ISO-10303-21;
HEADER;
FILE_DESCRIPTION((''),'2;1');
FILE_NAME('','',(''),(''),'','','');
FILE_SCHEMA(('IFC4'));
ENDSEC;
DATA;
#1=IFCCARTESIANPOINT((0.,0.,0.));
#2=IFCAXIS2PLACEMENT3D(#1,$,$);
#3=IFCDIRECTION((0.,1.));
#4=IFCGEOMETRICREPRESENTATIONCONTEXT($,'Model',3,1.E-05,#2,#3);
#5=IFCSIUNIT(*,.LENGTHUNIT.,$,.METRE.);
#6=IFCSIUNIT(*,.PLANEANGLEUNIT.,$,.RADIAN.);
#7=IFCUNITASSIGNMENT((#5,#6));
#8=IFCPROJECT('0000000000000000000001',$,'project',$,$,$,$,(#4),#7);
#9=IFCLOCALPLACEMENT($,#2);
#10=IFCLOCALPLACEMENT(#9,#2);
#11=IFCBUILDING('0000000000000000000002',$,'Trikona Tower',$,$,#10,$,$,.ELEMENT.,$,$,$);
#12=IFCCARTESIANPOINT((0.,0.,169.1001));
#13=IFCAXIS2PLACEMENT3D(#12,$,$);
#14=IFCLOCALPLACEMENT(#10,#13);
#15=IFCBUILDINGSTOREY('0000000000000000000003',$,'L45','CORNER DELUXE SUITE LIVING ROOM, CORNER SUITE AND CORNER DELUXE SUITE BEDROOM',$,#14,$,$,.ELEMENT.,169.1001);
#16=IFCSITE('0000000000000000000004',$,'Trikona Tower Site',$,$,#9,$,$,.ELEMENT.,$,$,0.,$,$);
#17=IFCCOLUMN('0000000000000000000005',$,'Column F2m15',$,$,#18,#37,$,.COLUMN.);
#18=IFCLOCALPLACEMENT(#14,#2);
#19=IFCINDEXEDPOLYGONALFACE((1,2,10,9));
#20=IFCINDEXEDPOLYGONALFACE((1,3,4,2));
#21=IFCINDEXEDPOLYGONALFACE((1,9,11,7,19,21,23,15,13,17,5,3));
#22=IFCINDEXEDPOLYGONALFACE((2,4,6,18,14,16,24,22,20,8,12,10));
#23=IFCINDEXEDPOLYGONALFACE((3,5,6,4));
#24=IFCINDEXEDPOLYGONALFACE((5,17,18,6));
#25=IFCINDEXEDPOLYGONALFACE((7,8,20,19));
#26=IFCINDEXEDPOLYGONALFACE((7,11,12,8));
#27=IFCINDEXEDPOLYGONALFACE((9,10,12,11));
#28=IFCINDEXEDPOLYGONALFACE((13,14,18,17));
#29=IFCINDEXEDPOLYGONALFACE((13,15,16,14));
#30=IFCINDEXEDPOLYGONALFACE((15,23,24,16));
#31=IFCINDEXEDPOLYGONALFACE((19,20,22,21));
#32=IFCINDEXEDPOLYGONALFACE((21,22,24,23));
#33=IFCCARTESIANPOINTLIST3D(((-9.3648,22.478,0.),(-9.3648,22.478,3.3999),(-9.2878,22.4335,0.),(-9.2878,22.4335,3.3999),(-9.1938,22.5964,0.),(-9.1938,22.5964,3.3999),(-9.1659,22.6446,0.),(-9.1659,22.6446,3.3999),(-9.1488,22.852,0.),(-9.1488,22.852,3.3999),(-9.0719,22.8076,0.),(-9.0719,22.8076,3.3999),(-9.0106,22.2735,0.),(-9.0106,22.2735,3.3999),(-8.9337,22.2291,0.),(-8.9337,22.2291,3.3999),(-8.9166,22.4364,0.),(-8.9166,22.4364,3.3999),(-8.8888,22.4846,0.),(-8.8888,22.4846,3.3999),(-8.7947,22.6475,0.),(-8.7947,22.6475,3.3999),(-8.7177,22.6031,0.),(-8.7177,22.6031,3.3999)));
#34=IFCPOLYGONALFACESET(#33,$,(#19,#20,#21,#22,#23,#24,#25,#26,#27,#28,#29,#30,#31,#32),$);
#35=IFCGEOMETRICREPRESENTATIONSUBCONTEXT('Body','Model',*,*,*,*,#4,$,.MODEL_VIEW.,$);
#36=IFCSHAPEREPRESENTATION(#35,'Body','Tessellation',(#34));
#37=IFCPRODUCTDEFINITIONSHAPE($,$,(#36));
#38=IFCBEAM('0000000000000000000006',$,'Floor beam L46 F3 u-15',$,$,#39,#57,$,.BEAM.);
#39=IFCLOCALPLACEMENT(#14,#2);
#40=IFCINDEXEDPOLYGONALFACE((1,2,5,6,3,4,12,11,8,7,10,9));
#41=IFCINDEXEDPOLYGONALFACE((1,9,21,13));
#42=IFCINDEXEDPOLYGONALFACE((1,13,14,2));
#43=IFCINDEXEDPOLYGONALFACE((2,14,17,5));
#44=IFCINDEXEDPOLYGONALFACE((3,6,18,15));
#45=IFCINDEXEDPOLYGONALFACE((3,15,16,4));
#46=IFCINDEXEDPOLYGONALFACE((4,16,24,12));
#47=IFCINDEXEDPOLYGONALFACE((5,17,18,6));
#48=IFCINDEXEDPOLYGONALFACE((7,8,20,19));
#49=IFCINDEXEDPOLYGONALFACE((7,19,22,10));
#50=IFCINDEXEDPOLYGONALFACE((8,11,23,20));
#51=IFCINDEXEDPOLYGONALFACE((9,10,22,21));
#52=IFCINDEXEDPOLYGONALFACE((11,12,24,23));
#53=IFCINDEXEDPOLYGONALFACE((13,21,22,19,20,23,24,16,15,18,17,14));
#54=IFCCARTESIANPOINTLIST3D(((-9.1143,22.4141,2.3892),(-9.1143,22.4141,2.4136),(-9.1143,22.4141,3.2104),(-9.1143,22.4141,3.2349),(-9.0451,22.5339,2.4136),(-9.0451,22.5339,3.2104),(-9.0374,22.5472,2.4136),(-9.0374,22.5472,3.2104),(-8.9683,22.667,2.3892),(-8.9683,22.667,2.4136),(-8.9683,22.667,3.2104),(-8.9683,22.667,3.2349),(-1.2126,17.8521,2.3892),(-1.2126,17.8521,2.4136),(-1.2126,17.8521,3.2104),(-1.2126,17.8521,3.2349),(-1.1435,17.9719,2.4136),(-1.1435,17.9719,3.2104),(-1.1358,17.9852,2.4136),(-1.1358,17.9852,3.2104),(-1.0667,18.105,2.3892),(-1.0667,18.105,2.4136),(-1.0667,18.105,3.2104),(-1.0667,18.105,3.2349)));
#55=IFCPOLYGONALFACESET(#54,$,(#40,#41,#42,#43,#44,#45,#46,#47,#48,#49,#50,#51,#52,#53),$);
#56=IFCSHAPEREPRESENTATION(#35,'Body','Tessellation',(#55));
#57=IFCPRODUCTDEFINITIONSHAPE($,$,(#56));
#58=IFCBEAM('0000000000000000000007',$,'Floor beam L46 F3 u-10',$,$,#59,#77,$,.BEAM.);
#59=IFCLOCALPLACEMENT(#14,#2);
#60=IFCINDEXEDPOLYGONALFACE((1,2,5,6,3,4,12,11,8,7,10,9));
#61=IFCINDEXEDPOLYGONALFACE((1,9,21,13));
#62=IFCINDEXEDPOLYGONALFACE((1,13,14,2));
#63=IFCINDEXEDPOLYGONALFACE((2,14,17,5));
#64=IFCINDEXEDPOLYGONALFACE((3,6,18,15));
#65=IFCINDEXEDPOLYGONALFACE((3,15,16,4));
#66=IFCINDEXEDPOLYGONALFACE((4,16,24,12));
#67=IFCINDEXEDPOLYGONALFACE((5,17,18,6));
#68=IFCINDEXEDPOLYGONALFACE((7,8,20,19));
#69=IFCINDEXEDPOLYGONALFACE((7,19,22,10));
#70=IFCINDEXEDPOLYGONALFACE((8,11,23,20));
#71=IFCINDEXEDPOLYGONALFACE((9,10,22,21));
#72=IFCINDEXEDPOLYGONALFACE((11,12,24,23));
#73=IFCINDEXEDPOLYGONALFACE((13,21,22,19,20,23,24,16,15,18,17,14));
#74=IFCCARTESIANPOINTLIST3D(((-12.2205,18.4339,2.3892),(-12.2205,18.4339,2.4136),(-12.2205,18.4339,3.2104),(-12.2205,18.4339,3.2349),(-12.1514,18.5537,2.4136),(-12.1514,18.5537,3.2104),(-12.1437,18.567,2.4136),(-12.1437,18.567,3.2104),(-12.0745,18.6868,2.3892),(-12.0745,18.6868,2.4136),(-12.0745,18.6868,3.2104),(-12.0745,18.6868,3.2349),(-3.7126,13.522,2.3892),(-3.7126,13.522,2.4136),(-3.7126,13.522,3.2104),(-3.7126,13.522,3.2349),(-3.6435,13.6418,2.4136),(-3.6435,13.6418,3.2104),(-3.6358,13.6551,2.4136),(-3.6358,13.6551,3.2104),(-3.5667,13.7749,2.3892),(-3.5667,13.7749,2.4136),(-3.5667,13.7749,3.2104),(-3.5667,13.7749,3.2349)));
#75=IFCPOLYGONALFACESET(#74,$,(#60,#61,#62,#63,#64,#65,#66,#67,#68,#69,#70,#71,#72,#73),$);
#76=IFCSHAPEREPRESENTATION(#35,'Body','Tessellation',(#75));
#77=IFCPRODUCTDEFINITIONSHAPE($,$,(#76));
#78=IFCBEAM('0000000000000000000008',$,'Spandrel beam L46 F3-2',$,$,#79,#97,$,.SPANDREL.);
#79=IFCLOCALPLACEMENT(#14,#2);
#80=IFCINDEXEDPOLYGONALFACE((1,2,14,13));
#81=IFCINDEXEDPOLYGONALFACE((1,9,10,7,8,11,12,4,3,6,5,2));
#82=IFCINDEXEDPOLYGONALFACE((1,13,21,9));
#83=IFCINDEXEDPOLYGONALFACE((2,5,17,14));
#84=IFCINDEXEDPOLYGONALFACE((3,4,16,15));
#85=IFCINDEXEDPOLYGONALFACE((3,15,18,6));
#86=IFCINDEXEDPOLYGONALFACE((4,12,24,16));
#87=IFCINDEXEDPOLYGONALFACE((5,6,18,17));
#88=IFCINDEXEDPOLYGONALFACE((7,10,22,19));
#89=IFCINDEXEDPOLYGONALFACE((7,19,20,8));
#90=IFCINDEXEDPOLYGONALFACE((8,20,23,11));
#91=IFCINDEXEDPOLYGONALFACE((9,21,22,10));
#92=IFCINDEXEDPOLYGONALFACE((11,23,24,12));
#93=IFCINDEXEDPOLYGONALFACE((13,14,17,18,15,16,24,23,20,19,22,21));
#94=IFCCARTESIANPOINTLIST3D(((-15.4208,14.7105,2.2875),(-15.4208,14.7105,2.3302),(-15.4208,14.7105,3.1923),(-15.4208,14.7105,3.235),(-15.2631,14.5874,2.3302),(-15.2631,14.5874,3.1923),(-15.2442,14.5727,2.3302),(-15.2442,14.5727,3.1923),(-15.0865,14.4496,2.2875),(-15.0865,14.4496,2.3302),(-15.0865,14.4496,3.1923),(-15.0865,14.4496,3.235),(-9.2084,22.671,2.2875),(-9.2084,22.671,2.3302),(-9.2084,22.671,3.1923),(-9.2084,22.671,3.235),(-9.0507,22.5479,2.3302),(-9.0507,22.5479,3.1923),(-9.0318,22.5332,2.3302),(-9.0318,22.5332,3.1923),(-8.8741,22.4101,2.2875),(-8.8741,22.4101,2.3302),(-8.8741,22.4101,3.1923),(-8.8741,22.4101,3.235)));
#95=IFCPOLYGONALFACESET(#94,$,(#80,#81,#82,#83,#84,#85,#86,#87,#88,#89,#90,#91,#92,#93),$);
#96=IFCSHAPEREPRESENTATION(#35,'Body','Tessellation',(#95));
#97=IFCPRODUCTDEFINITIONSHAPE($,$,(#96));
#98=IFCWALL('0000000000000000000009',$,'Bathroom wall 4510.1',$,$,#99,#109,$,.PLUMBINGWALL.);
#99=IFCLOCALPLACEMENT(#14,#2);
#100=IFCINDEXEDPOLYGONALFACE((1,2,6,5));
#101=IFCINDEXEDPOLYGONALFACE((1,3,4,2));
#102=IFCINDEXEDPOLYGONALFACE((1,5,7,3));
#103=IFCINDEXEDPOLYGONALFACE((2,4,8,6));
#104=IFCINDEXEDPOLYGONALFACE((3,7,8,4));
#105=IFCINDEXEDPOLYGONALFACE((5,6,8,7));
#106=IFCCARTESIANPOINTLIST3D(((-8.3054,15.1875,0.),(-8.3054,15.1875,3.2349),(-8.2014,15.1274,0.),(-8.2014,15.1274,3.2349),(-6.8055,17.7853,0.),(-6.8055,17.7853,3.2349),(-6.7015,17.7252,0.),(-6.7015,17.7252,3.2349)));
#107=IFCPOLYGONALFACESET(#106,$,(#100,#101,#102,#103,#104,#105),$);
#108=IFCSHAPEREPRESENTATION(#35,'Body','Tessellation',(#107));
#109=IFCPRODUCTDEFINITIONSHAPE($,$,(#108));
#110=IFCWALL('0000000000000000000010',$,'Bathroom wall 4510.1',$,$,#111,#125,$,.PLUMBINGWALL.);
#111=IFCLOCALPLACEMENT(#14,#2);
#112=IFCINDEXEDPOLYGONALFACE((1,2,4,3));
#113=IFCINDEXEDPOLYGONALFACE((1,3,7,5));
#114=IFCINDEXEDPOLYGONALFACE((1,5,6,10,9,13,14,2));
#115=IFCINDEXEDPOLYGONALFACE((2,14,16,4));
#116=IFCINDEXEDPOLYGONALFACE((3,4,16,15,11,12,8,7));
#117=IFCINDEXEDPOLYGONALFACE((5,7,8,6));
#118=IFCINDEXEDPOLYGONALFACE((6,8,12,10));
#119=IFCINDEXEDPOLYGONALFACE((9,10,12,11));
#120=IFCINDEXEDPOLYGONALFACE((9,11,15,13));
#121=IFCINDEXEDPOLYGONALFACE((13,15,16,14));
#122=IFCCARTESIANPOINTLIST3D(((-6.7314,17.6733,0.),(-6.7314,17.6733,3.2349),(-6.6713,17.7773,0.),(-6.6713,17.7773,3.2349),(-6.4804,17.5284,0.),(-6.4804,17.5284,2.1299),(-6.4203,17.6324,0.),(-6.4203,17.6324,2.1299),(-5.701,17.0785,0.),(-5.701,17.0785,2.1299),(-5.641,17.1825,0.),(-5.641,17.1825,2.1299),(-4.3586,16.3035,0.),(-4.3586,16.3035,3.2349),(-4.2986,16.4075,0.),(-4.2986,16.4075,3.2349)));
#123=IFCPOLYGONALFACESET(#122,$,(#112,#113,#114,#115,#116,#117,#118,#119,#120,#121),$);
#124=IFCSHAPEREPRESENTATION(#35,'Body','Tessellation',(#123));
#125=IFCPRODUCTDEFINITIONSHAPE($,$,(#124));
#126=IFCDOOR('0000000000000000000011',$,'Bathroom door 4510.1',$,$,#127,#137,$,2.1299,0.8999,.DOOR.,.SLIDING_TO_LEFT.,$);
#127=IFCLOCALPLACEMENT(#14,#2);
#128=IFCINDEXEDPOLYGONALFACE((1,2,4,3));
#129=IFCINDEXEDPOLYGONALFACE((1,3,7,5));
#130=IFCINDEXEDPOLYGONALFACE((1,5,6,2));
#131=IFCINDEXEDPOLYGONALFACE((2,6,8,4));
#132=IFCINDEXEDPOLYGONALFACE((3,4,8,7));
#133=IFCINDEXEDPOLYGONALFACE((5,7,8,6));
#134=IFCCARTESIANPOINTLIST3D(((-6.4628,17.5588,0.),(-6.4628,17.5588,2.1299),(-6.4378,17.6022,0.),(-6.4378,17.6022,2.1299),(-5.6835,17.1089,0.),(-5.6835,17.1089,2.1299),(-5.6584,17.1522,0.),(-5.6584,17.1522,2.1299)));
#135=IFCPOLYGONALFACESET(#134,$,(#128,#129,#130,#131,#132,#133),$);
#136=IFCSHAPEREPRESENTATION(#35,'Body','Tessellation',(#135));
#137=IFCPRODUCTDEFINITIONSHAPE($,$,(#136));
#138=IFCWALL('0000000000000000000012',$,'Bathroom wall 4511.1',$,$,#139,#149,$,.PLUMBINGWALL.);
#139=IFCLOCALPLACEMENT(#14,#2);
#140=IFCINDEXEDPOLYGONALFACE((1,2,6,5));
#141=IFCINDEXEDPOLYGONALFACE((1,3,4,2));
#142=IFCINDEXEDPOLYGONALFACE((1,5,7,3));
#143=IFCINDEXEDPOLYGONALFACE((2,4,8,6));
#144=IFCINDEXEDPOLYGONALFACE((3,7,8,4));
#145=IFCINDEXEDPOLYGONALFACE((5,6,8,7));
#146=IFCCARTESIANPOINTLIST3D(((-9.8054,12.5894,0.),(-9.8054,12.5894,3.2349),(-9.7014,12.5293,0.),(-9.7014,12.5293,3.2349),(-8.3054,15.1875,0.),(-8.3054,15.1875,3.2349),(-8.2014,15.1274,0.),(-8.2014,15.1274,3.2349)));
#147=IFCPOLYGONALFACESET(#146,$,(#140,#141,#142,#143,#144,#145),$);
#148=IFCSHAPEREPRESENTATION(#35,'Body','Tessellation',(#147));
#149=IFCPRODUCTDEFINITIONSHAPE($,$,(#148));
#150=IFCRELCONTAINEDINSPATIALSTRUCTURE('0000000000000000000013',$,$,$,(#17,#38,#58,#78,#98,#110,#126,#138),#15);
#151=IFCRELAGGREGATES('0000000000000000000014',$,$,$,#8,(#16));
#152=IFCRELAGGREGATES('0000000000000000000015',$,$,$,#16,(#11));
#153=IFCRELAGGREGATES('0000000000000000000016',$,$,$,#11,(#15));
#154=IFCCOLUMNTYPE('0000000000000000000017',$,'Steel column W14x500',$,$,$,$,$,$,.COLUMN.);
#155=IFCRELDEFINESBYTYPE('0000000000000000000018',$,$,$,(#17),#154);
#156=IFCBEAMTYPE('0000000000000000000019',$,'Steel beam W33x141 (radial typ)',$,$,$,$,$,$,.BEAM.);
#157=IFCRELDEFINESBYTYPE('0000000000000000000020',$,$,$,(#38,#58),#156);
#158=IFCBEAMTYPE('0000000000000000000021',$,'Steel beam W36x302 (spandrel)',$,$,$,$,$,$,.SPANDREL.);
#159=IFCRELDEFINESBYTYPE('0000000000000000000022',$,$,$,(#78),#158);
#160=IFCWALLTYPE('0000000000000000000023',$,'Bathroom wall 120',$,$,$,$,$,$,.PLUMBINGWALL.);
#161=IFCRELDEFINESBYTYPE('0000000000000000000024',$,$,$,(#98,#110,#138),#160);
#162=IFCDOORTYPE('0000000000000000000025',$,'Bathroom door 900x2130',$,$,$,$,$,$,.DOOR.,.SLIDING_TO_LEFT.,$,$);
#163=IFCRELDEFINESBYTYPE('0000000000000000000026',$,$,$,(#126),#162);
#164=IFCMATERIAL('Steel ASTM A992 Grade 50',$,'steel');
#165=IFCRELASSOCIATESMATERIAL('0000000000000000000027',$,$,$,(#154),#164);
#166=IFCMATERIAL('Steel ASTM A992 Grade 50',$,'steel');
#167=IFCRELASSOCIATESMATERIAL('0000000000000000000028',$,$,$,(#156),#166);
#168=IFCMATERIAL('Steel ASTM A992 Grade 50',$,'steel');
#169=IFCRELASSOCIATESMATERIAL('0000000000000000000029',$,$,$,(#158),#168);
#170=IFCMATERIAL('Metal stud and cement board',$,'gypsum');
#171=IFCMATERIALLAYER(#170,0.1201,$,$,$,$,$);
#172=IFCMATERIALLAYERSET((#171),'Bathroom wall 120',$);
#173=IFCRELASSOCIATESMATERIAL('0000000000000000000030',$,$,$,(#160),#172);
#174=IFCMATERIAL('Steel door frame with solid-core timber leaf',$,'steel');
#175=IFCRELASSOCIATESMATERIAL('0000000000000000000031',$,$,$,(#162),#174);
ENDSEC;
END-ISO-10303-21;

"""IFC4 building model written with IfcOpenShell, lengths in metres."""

from ifc_helpers import new_model, si_unit, direction, frame, frame_2d, origin, origin_2d, place, context, subcontext, project, spatial, rectangle, i_section, extrude, material, layer, layer_set, material_profile, profile_set, type_object, element, fill, save


model = new_model("IFC4")

# Units and contexts
model_context = context("Model", 3, precision=1e-05, world=origin(), true_north=direction((0.0, 1.0)))
body_context = subcontext(model_context, "Body", "Model", "MODEL_VIEW")
ifc_project = project(units=[si_unit("LENGTHUNIT", "METRE"), si_unit("PLANEANGLEUNIT", "RADIAN")], contexts=[model_context])

# Site, building, storey
site_placement = place(None, origin())
site = spatial("IfcSite", under=ifc_project, at=site_placement, Name="Trikona Tower Site", CompositionType="ELEMENT", RefElevation=0.0)
building_placement = place(site_placement, origin())
building = spatial("IfcBuilding", under=site, at=building_placement, Name="Trikona Tower", CompositionType="ELEMENT")
storey_placement = place(building_placement, frame((0.0, 0.0, 169.1001)))
storey = spatial("IfcBuildingStorey", under=building, at=storey_placement, Name="L45", Description="CORNER DELUXE SUITE LIVING ROOM, CORNER SUITE AND CORNER DELUXE SUITE BEDROOM", CompositionType="ELEMENT", Elevation=169.1001)

# Column
ifc_material_1 = material(Name="Steel ASTM A992 Grade 50", Category="steel")
ifc_material_profile_1 = material_profile(ifc_material_1, i_section(OverallWidth=0.4319, OverallDepth=0.4978, WebThickness=0.0557, FlangeThickness=0.0889, at=origin_2d()), Name="W14X500")
ifc_profile_set_1 = profile_set([ifc_material_profile_1], Name="Steel ASTM A992 Grade 50")
column_type = type_object("IfcColumnType", Name="Steel column W14x500", PredefinedType="COLUMN", material=ifc_profile_set_1)
column_placement = place(storey_placement, frame((-9.0413, 22.5405, 0.0), z_axis=(0.0, 0.0, 1.0), x_axis=(-0.5, -0.866025, 0.0)))
element("IfcColumn", 1, at=column_placement, inside=storey, type_object=column_type, Name="Column F2m15", PredefinedType="COLUMN", context=body_context, shape_type="SweptSolid", body=[
    extrude(i_section(OverallWidth=0.4319, OverallDepth=0.4978, WebThickness=0.0557, FlangeThickness=0.0889, at=origin_2d()), origin(), (0.0, 0.0, 1.0), 3.3999),
])

# Beams
ifc_material_2 = material(Name="Steel ASTM A992 Grade 50", Category="steel")
ifc_material_profile_2 = material_profile(ifc_material_2, i_section(OverallWidth=0.292, OverallDepth=0.8457, WebThickness=0.0154, FlangeThickness=0.0244, at=origin_2d()), Name="W33X141")
ifc_profile_set_2 = profile_set([ifc_material_profile_2], Name="Steel ASTM A992 Grade 50")
beam_type_1 = type_object("IfcBeamType", Name="Steel beam W33x141 (radial typ)", PredefinedType="BEAM", material=ifc_profile_set_2)
beam_1_placement = place(storey_placement, frame((-1.1396, 17.9785, 2.812), z_axis=(-0.866025, 0.500001, 0.0), x_axis=(-0.500001, -0.866025, 0.0)))
element("IfcBeam", 2, at=beam_1_placement, inside=storey, type_object=beam_type_1, Name="Floor beam L46 F3 u-15", PredefinedType="BEAM", context=body_context, shape_type="SweptSolid", body=[
    extrude(i_section(OverallWidth=0.292, OverallDepth=0.8457, WebThickness=0.0154, FlangeThickness=0.0244, at=origin_2d()), origin(), (0.0, 0.0, 1.0), 9.124),
])
beam_2_placement = place(storey_placement, frame((-3.6396, 13.6484, 2.812), z_axis=(-0.866031, 0.499991, 0.0), x_axis=(-0.499991, -0.866031, 0.0)))
element("IfcBeam", 3, at=beam_2_placement, inside=storey, type_object=beam_type_1, Name="Floor beam L46 F3 u-10", PredefinedType="BEAM", context=body_context, shape_type="SweptSolid", body=[
    extrude(i_section(OverallWidth=0.292, OverallDepth=0.8457, WebThickness=0.0154, FlangeThickness=0.0244, at=origin_2d()), origin(), (0.0, 0.0, 1.0), 9.824),
])
ifc_material_3 = material(Name="Steel ASTM A992 Grade 50", Category="steel")
ifc_material_profile_3 = material_profile(ifc_material_3, i_section(OverallWidth=0.4241, OverallDepth=0.9475, WebThickness=0.0239, FlangeThickness=0.0427, at=origin_2d()), Name="W36X302")
ifc_profile_set_3 = profile_set([ifc_material_profile_3], Name="Steel ASTM A992 Grade 50")
beam_type_2 = type_object("IfcBeamType", Name="Steel beam W36x302 (spandrel)", PredefinedType="SPANDREL", material=ifc_profile_set_3)
beam_3_placement = place(storey_placement, frame((-9.0413, 22.5405, 2.7612), z_axis=(-0.615232, -0.788346, 0.0), x_axis=(0.788346, -0.615232, 0.0)))
element("IfcBeam", 4, at=beam_3_placement, inside=storey, type_object=beam_type_2, Name="Spandrel beam L46 F3-2", PredefinedType="SPANDREL", context=body_context, shape_type="SweptSolid", body=[
    extrude(i_section(OverallWidth=0.4241, OverallDepth=0.9475, WebThickness=0.0239, FlangeThickness=0.0427, at=origin_2d()), origin(), (0.0, 0.0, 1.0), 10.0977),
])

# Wall
ifc_material_4 = material(Name="Metal stud and cement board", Category="gypsum")
ifc_layer_1 = layer(ifc_material_4, 0.1201)
ifc_layer_set_1 = layer_set([ifc_layer_1], Name="Bathroom wall 120")
wall_type_1 = type_object("IfcWallType", Name="Bathroom wall 120", PredefinedType="PLUMBINGWALL", material=ifc_layer_set_1)
wall_1_placement = place(storey_placement, frame((-6.7534, 17.7554, 0.0), z_axis=(0.0, 0.0, 1.0), x_axis=(-0.500025, -0.866011, 0.0)))
element("IfcWall", 5, at=wall_1_placement, inside=storey, type_object=wall_type_1, Name="Bathroom wall 4510.1", PredefinedType="PLUMBINGWALL", context=body_context, shape_type="SweptSolid", body=[
    extrude(rectangle(XDim=2.9998, YDim=0.1201, at=frame_2d((1.5, 0.0))), origin(), (0.0, 0.0, 1.0), 3.2349),
])

# Wall, opening, door
wall_2_placement = place(storey_placement, frame((-4.3286, 16.3555, 0.0), z_axis=(0.0, 0.0, 1.0), x_axis=(-0.866036, 0.499982, 0.0)))
wall_2 = element("IfcWall", 6, at=wall_2_placement, inside=storey, type_object=wall_type_1, Name="Bathroom wall 4510.1", PredefinedType="PLUMBINGWALL", context=body_context, shape_type="SweptSolid", body=[
    extrude(rectangle(XDim=2.7397, YDim=0.1201, at=frame_2d((1.3699, 0.0))), origin(), (0.0, 0.0, 1.0), 3.2349),
])
opening_1_placement = place(wall_2_placement, frame((1.55, 0.0, 0.0)))
opening_1 = element("IfcOpeningElement", 7, at=opening_1_placement, cuts=wall_2, PredefinedType="OPENING", context=body_context, shape_type="SweptSolid", body=[
    extrude(rectangle(XDim=0.8999, YDim=2.1299, at=frame_2d((0.45, 1.0649))), frame((0.0, 0.0701, 0.0), z_axis=(0.0, -1.0, 0.0), x_axis=(1.0, 0.0, 0.0)), (0.0, 0.0, 1.0), 0.1401),
])
ifc_material_5 = material(Name="Steel door frame with solid-core timber leaf", Category="steel")
door_type_1 = type_object("IfcDoorType", Name="Bathroom door 900x2130", OperationType="SLIDING_TO_LEFT", PredefinedType="DOOR", material=ifc_material_5)
door_1_placement = place(opening_1_placement, origin())
door_1 = element("IfcDoor", 8, at=door_1_placement, inside=storey, type_object=door_type_1, Name="Bathroom door 4510.1", OperationType="SLIDING_TO_LEFT", OverallHeight=2.1299, OverallWidth=0.8999, PredefinedType="DOOR", context=body_context, shape_type="SweptSolid", body=[
    extrude(rectangle(XDim=0.8999, YDim=2.1299, at=frame_2d((0.45, 1.0649))), frame((0.0, 0.0249, 0.0), z_axis=(0.0, -1.0, 0.0), x_axis=(1.0, 0.0, 0.0)), (0.0, 0.0, 1.0), 0.05),
])
fill(opening_1, door_1)

# Wall
wall_3_placement = place(storey_placement, frame((-8.2534, 15.1575, 0.0), z_axis=(0.0, 0.0, 1.0), x_axis=(-0.49999, -0.866031, 0.0)))
element("IfcWall", 9, at=wall_3_placement, inside=storey, type_object=wall_type_1, Name="Bathroom wall 4511.1", PredefinedType="PLUMBINGWALL", context=body_context, shape_type="SweptSolid", body=[
    extrude(rectangle(XDim=3.0, YDim=0.1201, at=frame_2d((1.5, 0.0))), origin(), (0.0, 0.0, 1.0), 3.2349),
])

save(model, "model.ifc")
